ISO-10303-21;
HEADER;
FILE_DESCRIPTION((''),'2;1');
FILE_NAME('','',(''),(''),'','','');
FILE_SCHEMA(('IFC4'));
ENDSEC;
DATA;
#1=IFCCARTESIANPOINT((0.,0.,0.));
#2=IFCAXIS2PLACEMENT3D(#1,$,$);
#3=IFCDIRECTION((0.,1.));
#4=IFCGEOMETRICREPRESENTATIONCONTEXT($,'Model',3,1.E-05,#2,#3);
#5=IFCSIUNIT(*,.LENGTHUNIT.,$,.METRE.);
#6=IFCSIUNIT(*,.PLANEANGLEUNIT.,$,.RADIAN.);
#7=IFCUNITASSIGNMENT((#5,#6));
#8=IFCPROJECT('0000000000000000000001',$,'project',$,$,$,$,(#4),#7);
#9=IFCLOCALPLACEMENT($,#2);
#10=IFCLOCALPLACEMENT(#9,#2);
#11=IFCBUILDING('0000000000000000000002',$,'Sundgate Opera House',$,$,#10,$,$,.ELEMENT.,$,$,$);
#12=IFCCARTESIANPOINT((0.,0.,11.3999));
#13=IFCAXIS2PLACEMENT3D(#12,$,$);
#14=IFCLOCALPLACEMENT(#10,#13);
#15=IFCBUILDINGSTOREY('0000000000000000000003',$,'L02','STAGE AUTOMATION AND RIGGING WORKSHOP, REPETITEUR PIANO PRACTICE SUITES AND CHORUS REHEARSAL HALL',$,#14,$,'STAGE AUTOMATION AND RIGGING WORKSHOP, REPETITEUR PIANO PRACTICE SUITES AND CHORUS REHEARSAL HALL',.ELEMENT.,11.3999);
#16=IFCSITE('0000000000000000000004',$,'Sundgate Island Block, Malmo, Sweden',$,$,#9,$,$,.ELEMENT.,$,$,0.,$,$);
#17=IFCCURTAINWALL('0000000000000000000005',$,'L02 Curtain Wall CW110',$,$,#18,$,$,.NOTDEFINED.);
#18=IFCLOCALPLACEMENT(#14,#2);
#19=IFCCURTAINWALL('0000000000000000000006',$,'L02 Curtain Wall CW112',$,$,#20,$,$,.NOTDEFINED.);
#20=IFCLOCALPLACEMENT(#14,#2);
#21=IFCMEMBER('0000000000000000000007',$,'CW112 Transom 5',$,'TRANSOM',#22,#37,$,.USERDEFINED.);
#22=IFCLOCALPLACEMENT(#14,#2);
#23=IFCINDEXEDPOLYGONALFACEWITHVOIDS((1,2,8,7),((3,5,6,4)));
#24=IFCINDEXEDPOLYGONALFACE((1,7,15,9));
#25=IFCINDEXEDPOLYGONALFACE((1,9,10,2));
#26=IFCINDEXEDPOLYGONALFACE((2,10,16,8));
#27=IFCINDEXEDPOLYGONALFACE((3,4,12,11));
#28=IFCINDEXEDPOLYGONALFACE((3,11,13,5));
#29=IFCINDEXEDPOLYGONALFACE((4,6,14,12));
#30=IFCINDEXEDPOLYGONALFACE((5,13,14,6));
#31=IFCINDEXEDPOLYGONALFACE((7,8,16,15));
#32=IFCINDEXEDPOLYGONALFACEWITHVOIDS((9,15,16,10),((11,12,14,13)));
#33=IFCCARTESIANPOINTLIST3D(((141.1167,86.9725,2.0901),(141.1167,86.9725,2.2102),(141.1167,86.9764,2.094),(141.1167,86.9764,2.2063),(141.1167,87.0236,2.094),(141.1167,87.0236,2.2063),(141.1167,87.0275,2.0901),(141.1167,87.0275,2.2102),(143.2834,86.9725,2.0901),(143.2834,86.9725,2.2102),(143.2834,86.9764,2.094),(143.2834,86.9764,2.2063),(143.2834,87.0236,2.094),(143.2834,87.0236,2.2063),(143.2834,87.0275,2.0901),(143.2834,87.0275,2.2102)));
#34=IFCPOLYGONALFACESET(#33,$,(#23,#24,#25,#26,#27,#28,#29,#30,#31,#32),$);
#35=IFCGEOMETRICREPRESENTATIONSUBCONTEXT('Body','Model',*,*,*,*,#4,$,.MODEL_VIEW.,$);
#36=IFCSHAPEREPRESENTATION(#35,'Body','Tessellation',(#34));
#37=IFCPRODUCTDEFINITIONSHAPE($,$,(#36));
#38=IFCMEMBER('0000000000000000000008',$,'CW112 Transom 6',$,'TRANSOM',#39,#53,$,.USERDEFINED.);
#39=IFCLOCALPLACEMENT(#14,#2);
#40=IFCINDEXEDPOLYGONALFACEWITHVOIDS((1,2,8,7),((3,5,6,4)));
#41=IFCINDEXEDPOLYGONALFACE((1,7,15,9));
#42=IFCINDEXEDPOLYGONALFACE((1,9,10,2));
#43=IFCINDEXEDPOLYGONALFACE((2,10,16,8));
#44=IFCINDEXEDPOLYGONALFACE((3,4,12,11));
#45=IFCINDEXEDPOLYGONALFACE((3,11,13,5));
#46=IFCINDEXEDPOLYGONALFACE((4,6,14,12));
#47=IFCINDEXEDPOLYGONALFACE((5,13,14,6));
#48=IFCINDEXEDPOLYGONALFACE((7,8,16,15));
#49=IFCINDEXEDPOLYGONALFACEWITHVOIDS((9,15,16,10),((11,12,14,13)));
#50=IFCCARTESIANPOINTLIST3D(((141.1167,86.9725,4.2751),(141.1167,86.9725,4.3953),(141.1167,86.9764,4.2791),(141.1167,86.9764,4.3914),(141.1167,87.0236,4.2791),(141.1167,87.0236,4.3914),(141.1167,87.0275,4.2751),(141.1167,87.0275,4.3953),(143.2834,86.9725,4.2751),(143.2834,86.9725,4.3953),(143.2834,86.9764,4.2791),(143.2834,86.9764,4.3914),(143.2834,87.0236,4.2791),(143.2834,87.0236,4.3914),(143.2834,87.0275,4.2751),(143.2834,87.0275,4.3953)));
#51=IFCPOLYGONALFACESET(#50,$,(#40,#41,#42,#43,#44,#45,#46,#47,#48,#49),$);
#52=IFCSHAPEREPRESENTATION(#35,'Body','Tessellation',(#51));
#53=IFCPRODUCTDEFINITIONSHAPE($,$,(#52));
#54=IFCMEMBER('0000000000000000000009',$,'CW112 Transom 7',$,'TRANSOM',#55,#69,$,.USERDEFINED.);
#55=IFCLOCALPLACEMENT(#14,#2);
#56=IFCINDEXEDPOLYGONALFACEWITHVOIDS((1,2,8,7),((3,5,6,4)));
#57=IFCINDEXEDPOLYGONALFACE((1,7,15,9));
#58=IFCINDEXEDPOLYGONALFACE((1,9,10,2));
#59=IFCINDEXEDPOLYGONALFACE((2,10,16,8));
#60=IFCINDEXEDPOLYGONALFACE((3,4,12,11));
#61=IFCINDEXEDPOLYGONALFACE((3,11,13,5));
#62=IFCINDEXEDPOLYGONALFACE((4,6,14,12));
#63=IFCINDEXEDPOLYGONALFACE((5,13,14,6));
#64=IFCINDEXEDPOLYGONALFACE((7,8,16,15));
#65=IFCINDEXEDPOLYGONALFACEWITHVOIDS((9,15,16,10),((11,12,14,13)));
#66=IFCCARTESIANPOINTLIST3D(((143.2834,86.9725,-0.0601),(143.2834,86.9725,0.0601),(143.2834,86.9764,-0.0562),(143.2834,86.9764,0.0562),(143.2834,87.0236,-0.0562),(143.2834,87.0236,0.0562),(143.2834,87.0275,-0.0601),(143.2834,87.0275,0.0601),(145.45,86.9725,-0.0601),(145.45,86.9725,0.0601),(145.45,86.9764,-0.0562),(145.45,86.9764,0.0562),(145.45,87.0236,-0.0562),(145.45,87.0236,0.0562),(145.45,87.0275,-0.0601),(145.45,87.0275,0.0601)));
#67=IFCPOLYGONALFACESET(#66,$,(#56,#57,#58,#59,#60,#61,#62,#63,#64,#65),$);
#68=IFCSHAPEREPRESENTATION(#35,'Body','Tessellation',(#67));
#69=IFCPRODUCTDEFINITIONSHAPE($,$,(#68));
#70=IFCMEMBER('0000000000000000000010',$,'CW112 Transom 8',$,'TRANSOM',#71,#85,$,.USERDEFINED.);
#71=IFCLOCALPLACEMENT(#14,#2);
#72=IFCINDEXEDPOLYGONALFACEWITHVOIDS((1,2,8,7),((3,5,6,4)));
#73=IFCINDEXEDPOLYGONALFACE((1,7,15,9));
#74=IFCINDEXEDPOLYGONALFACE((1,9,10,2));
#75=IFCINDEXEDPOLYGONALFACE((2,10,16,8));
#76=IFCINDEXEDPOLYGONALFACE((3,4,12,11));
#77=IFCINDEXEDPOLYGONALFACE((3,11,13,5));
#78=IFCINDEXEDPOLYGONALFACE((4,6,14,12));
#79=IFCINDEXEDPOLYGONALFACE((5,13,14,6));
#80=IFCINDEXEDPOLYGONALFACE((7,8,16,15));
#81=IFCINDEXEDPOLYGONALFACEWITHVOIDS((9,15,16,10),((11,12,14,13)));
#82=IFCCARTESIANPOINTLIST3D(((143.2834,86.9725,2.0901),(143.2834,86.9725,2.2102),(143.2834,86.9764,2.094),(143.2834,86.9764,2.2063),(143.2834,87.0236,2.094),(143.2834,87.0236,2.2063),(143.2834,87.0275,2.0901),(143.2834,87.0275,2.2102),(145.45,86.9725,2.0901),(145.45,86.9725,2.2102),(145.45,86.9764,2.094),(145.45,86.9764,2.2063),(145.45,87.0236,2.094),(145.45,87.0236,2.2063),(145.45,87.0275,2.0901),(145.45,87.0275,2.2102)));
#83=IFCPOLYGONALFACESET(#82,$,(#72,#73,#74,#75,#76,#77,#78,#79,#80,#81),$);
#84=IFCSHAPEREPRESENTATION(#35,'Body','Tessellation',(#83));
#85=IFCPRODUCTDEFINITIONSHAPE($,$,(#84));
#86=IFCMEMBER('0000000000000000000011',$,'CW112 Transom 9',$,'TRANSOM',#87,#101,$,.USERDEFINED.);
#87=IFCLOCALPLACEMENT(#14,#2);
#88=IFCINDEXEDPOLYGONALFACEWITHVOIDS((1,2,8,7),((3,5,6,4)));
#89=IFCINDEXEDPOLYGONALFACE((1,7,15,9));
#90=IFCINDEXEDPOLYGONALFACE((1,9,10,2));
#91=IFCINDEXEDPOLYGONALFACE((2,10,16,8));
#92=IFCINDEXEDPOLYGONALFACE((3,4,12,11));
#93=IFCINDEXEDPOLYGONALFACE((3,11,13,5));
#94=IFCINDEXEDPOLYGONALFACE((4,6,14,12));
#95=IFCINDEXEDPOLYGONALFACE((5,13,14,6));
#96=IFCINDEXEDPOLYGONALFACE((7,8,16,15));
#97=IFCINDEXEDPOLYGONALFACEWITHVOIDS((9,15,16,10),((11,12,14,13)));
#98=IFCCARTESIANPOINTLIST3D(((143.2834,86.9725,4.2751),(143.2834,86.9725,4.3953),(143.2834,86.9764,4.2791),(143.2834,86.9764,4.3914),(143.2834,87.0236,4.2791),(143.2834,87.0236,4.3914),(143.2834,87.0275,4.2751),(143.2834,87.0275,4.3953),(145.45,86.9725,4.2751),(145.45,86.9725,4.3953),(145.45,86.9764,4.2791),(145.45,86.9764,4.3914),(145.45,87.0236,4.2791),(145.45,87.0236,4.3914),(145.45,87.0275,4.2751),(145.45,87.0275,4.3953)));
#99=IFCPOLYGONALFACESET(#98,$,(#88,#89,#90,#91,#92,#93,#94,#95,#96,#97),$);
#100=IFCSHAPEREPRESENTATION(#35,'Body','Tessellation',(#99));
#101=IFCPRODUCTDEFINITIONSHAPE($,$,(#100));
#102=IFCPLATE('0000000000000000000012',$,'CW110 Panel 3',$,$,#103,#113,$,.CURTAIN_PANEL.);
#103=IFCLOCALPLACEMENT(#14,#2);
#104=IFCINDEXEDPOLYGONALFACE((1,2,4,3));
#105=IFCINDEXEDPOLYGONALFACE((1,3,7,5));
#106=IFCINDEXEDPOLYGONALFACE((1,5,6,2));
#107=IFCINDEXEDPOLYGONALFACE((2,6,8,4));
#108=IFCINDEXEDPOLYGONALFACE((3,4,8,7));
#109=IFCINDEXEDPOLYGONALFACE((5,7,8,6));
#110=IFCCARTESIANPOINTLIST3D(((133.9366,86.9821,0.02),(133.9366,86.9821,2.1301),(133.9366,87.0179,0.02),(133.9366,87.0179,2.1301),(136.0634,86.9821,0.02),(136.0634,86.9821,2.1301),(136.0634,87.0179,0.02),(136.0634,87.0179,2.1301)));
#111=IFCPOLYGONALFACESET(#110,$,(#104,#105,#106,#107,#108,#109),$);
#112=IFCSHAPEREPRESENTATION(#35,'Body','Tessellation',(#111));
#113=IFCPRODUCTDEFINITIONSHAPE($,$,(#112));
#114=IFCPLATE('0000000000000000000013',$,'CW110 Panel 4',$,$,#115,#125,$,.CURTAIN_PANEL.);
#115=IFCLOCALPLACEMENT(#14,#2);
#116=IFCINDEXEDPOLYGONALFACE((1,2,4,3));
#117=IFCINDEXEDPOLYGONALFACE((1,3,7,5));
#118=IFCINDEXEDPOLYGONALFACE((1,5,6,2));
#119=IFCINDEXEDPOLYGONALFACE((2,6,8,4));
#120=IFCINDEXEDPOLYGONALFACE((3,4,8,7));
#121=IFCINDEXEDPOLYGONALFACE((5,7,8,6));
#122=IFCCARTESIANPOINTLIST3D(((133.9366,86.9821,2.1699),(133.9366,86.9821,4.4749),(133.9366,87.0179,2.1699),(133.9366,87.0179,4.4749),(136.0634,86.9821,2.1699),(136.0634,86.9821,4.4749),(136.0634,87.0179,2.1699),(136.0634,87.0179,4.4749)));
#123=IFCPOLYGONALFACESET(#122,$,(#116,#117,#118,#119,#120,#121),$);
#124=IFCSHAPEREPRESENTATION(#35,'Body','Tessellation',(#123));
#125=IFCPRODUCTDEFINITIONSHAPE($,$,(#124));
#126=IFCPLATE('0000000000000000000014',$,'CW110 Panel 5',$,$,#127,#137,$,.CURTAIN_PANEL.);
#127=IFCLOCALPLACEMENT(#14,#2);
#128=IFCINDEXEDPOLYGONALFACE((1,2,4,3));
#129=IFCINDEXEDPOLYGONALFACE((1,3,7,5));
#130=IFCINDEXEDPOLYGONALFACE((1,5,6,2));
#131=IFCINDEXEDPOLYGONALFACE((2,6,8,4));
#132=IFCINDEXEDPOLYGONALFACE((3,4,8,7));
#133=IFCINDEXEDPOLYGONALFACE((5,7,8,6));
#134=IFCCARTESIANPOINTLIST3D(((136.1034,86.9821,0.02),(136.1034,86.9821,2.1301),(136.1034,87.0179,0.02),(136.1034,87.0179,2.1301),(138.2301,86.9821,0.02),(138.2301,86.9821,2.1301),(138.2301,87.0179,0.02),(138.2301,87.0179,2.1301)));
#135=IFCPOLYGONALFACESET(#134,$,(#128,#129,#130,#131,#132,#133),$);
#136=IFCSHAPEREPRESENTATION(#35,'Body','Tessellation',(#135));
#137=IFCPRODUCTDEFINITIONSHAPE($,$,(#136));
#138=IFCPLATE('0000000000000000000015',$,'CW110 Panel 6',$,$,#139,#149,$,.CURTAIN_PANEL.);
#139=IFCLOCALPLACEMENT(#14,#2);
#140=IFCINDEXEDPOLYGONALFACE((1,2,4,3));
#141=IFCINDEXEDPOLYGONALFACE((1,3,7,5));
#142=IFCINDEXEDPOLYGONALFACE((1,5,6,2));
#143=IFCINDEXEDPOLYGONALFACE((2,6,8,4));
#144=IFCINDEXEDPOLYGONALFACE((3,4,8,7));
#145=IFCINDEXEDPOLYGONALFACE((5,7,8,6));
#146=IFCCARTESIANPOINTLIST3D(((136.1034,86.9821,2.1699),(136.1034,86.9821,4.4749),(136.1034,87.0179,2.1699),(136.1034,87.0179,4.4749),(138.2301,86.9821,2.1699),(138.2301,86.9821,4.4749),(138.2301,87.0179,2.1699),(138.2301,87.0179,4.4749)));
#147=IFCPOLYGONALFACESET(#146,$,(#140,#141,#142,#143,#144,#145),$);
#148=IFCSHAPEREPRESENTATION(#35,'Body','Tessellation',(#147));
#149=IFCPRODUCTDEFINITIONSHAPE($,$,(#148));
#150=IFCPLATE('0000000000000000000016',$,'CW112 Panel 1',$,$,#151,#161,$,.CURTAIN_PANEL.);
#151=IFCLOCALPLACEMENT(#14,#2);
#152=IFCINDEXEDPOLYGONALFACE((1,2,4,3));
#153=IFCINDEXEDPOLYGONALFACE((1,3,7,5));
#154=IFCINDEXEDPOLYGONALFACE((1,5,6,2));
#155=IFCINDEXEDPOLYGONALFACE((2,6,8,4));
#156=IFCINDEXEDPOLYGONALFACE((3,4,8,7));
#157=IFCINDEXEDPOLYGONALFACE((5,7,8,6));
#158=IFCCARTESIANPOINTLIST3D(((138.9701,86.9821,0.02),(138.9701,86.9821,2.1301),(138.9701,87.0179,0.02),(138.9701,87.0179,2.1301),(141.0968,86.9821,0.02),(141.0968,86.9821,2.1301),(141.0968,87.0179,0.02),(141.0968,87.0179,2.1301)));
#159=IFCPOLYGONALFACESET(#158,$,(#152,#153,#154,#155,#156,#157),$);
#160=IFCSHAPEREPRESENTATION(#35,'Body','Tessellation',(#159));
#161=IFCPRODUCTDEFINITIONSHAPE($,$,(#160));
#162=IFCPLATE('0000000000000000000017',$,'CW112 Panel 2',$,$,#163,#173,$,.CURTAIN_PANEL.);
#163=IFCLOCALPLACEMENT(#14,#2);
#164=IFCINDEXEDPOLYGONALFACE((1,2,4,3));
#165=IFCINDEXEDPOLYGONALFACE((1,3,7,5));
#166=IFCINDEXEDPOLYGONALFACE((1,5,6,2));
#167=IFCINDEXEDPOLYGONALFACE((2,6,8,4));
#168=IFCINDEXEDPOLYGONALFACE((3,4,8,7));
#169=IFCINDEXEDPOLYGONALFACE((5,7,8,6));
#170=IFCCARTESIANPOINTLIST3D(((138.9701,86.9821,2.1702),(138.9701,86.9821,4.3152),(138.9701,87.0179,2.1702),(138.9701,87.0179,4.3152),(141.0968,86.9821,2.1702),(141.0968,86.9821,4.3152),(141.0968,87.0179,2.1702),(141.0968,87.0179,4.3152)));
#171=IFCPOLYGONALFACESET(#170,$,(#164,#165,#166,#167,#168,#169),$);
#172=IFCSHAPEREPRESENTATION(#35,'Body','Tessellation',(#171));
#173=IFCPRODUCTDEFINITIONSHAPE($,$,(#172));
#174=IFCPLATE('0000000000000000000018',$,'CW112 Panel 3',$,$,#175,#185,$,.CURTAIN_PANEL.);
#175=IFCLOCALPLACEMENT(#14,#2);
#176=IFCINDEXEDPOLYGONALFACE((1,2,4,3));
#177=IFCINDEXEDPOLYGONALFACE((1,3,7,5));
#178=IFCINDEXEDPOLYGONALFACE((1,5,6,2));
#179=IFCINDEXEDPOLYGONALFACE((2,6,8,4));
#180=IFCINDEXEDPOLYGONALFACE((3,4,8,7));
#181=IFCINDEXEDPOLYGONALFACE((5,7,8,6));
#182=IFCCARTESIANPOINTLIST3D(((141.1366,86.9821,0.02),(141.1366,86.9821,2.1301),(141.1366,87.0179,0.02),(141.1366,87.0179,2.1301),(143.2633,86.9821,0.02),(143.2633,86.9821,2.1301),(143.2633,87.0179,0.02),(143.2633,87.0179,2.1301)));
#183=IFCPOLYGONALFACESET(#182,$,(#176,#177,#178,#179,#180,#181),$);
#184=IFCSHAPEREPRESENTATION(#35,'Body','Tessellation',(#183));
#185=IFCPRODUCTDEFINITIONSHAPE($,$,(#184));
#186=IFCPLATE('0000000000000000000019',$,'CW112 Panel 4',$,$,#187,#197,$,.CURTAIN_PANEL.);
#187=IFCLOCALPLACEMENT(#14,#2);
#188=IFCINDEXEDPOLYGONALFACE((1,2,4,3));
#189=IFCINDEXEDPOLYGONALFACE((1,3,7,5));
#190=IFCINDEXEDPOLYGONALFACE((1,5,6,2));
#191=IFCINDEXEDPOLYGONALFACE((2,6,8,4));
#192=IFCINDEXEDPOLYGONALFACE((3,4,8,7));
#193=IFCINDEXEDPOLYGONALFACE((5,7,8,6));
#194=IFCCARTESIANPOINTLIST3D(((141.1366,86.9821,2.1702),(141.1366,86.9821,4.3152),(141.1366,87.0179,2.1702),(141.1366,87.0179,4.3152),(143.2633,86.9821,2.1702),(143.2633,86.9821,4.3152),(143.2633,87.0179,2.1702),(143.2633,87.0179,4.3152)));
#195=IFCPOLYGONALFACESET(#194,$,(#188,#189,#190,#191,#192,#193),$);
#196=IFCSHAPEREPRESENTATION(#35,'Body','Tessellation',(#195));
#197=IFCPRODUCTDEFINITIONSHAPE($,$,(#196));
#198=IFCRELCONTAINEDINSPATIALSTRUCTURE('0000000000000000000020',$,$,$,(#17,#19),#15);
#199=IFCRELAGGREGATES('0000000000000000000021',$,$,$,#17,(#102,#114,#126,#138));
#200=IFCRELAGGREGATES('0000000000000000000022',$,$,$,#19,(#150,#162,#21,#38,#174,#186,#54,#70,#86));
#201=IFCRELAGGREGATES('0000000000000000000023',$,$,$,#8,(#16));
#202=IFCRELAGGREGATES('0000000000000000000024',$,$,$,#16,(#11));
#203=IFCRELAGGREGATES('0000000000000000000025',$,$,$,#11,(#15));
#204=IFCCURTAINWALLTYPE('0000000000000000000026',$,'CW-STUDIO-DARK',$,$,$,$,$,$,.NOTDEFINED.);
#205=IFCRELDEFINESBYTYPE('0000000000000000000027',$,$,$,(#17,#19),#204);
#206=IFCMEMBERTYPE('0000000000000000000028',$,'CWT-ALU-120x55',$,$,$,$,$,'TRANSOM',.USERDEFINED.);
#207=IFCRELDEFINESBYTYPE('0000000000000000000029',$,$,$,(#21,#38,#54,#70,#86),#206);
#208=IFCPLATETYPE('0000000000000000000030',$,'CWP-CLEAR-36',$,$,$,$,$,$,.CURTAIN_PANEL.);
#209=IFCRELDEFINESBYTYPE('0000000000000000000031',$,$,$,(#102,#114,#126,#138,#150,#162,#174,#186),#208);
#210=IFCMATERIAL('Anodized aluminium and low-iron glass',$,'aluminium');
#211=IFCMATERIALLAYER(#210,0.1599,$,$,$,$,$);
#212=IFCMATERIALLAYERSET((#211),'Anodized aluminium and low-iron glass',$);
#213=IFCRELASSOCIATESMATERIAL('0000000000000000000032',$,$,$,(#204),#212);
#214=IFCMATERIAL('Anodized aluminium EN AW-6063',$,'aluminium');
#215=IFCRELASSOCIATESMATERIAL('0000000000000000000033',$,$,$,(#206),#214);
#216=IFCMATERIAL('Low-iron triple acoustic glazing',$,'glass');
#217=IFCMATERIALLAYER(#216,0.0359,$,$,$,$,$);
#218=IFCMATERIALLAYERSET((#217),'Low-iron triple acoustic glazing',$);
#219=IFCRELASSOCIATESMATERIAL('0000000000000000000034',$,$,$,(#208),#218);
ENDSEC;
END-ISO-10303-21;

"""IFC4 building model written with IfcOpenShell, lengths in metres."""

from ifc_helpers import new_model, si_unit, direction, frame, origin, origin_2d, place, context, subcontext, project, spatial, rectangle, hollow_rectangle, extrude, material, layer, layer_set, material_profile, profile_set, type_object, element, aggregate, save


model = new_model("IFC4")

# Units and contexts
model_context = context("Model", 3, precision=1e-05, world=origin(), true_north=direction((0.0, 1.0)))
body_context = subcontext(model_context, "Body", "Model", "MODEL_VIEW")
ifc_project = project(units=[si_unit("LENGTHUNIT", "METRE"), si_unit("PLANEANGLEUNIT", "RADIAN")], contexts=[model_context])

# Site, building, storey
site_placement = place(None, origin())
site = spatial("IfcSite", under=ifc_project, at=site_placement, Name="Sundgate Island Block, Malmo, Sweden", CompositionType="ELEMENT", RefElevation=0.0)
building_placement = place(site_placement, origin())
building = spatial("IfcBuilding", under=site, at=building_placement, Name="Sundgate Opera House", CompositionType="ELEMENT")
storey_placement = place(building_placement, frame((0.0, 0.0, 11.3999)))
storey = spatial("IfcBuildingStorey", under=building, at=storey_placement, Name="L02", Description="STAGE AUTOMATION AND RIGGING WORKSHOP, REPETITEUR PIANO PRACTICE SUITES AND CHORUS REHEARSAL HALL", LongName="STAGE AUTOMATION AND RIGGING WORKSHOP, REPETITEUR PIANO PRACTICE SUITES AND CHORUS REHEARSAL HALL", CompositionType="ELEMENT", Elevation=11.3999)

# Curtain walls
ifc_material_1 = material(Name="Anodized aluminium and low-iron glass", Category="aluminium")
ifc_layer_1 = layer(ifc_material_1, 0.1599)
ifc_layer_set_1 = layer_set([ifc_layer_1], Name="Anodized aluminium and low-iron glass")
curtain_wall_type = type_object("IfcCurtainWallType", Name="CW-STUDIO-DARK", PredefinedType="NOTDEFINED", material=ifc_layer_set_1)
curtain_wall_1_placement = place(storey_placement, origin())
curtain_wall_1 = element("IfcCurtainWall", 1, at=curtain_wall_1_placement, inside=storey, type_object=curtain_wall_type, Name="L02 Curtain Wall CW110", PredefinedType="NOTDEFINED")
curtain_wall_2_placement = place(storey_placement, origin())
curtain_wall_2 = element("IfcCurtainWall", 2, at=curtain_wall_2_placement, inside=storey, type_object=curtain_wall_type, Name="L02 Curtain Wall CW112", PredefinedType="NOTDEFINED")

# Members
ifc_material_2 = material(Name="Anodized aluminium EN AW-6063", Category="aluminium")
ifc_material_profile_1 = material_profile(ifc_material_2, hollow_rectangle(XDim=0.0549, YDim=0.1201, WallThickness=0.0039, at=origin_2d()), Name="CWT 120x55x4")
ifc_profile_set_1 = profile_set([ifc_material_profile_1], Name="Anodized aluminium EN AW-6063")
member_type_1 = type_object("IfcMemberType", Name="CWT-ALU-120x55", ElementType="TRANSOM", PredefinedType="USERDEFINED", material=ifc_profile_set_1)
member_1_placement = place(storey_placement, frame((141.1167, 87.0, 2.1501), z_axis=(1.0, 0.0, 0.0), x_axis=(0.0, 1.0, 0.0)))
member_1 = element("IfcMember", 3, at=member_1_placement, type_object=member_type_1, Name="CW112 Transom 5", ObjectType="TRANSOM", PredefinedType="USERDEFINED", context=body_context, shape_type="SweptSolid", body=[
    extrude(hollow_rectangle(XDim=0.0549, YDim=0.1201, WallThickness=0.0039, at=origin_2d()), origin(), (0.0, 0.0, 1.0), 2.1667),
])
member_2_placement = place(storey_placement, frame((141.1167, 87.0, 4.3352), z_axis=(1.0, 0.0, 0.0), x_axis=(0.0, 1.0, 0.0)))
member_2 = element("IfcMember", 4, at=member_2_placement, type_object=member_type_1, Name="CW112 Transom 6", ObjectType="TRANSOM", PredefinedType="USERDEFINED", context=body_context, shape_type="SweptSolid", body=[
    extrude(hollow_rectangle(XDim=0.0549, YDim=0.1201, WallThickness=0.0039, at=origin_2d()), origin(), (0.0, 0.0, 1.0), 2.1667),
])
member_3_placement = place(storey_placement, frame((143.2834, 87.0, 0.0), z_axis=(1.0, 0.0, 0.0), x_axis=(0.0, 1.0, 0.0)))
member_3 = element("IfcMember", 5, at=member_3_placement, type_object=member_type_1, Name="CW112 Transom 7", ObjectType="TRANSOM", PredefinedType="USERDEFINED", context=body_context, shape_type="SweptSolid", body=[
    extrude(hollow_rectangle(XDim=0.0549, YDim=0.1201, WallThickness=0.0039, at=origin_2d()), origin(), (0.0, 0.0, 1.0), 2.1665),
])
member_4_placement = place(storey_placement, frame((143.2834, 87.0, 2.1501), z_axis=(1.0, 0.0, 0.0), x_axis=(0.0, 1.0, 0.0)))
member_4 = element("IfcMember", 6, at=member_4_placement, type_object=member_type_1, Name="CW112 Transom 8", ObjectType="TRANSOM", PredefinedType="USERDEFINED", context=body_context, shape_type="SweptSolid", body=[
    extrude(hollow_rectangle(XDim=0.0549, YDim=0.1201, WallThickness=0.0039, at=origin_2d()), origin(), (0.0, 0.0, 1.0), 2.1665),
])
member_5_placement = place(storey_placement, frame((143.2834, 87.0, 4.3352), z_axis=(1.0, 0.0, 0.0), x_axis=(0.0, 1.0, 0.0)))
member_5 = element("IfcMember", 7, at=member_5_placement, type_object=member_type_1, Name="CW112 Transom 9", ObjectType="TRANSOM", PredefinedType="USERDEFINED", context=body_context, shape_type="SweptSolid", body=[
    extrude(hollow_rectangle(XDim=0.0549, YDim=0.1201, WallThickness=0.0039, at=origin_2d()), origin(), (0.0, 0.0, 1.0), 2.1665),
])

# Plates
ifc_material_3 = material(Name="Low-iron triple acoustic glazing", Category="glass")
ifc_layer_2 = layer(ifc_material_3, 0.0359)
ifc_layer_set_2 = layer_set([ifc_layer_2], Name="Low-iron triple acoustic glazing")
plate_type = type_object("IfcPlateType", Name="CWP-CLEAR-36", PredefinedType="CURTAIN_PANEL", material=ifc_layer_set_2)
plate_1_placement = place(storey_placement, frame((135.0, 87.0, 0.02), z_axis=(0.0, 0.0, 1.0), x_axis=(1.0, 0.0, 0.0)))
plate_1 = element("IfcPlate", 8, at=plate_1_placement, type_object=plate_type, Name="CW110 Panel 3", PredefinedType="CURTAIN_PANEL", context=body_context, shape_type="SweptSolid", body=[
    extrude(rectangle(XDim=2.1267, YDim=0.0359, at=origin_2d()), origin(), (0.0, 0.0, 1.0), 2.1101),
])
plate_2_placement = place(storey_placement, frame((135.0, 87.0, 2.1699), z_axis=(0.0, 0.0, 1.0), x_axis=(1.0, 0.0, 0.0)))
plate_2 = element("IfcPlate", 9, at=plate_2_placement, type_object=plate_type, Name="CW110 Panel 4", PredefinedType="CURTAIN_PANEL", context=body_context, shape_type="SweptSolid", body=[
    extrude(rectangle(XDim=2.1267, YDim=0.0359, at=origin_2d()), origin(), (0.0, 0.0, 1.0), 2.3049),
])
plate_3_placement = place(storey_placement, frame((137.1667, 87.0, 0.02), z_axis=(0.0, 0.0, 1.0), x_axis=(1.0, 0.0, 0.0)))
plate_3 = element("IfcPlate", 10, at=plate_3_placement, type_object=plate_type, Name="CW110 Panel 5", PredefinedType="CURTAIN_PANEL", context=body_context, shape_type="SweptSolid", body=[
    extrude(rectangle(XDim=2.1267, YDim=0.0359, at=origin_2d()), origin(), (0.0, 0.0, 1.0), 2.1101),
])
plate_4_placement = place(storey_placement, frame((137.1667, 87.0, 2.1699), z_axis=(0.0, 0.0, 1.0), x_axis=(1.0, 0.0, 0.0)))
plate_4 = element("IfcPlate", 11, at=plate_4_placement, type_object=plate_type, Name="CW110 Panel 6", PredefinedType="CURTAIN_PANEL", context=body_context, shape_type="SweptSolid", body=[
    extrude(rectangle(XDim=2.1267, YDim=0.0359, at=origin_2d()), origin(), (0.0, 0.0, 1.0), 2.3049),
])
aggregate(curtain_wall_1, [plate_1, plate_2, plate_3, plate_4])
plate_5_placement = place(storey_placement, frame((140.0334, 87.0, 0.02), z_axis=(0.0, 0.0, 1.0), x_axis=(1.0, 0.0, 0.0)))
plate_5 = element("IfcPlate", 12, at=plate_5_placement, type_object=plate_type, Name="CW112 Panel 1", PredefinedType="CURTAIN_PANEL", context=body_context, shape_type="SweptSolid", body=[
    extrude(rectangle(XDim=2.1267, YDim=0.0359, at=origin_2d()), origin(), (0.0, 0.0, 1.0), 2.1101),
])
plate_6_placement = place(storey_placement, frame((140.0334, 87.0, 2.1702), z_axis=(0.0, 0.0, 1.0), x_axis=(1.0, 0.0, 0.0)))
plate_6 = element("IfcPlate", 13, at=plate_6_placement, type_object=plate_type, Name="CW112 Panel 2", PredefinedType="CURTAIN_PANEL", context=body_context, shape_type="SweptSolid", body=[
    extrude(rectangle(XDim=2.1267, YDim=0.0359, at=origin_2d()), origin(), (0.0, 0.0, 1.0), 2.145),
])
plate_7_placement = place(storey_placement, frame((142.2, 87.0, 0.02), z_axis=(0.0, 0.0, 1.0), x_axis=(1.0, 0.0, 0.0)))
plate_7 = element("IfcPlate", 14, at=plate_7_placement, type_object=plate_type, Name="CW112 Panel 3", PredefinedType="CURTAIN_PANEL", context=body_context, shape_type="SweptSolid", body=[
    extrude(rectangle(XDim=2.1267, YDim=0.0359, at=origin_2d()), origin(), (0.0, 0.0, 1.0), 2.1101),
])
plate_8_placement = place(storey_placement, frame((142.2, 87.0, 2.1702), z_axis=(0.0, 0.0, 1.0), x_axis=(1.0, 0.0, 0.0)))
plate_8 = element("IfcPlate", 15, at=plate_8_placement, type_object=plate_type, Name="CW112 Panel 4", PredefinedType="CURTAIN_PANEL", context=body_context, shape_type="SweptSolid", body=[
    extrude(rectangle(XDim=2.1267, YDim=0.0359, at=origin_2d()), origin(), (0.0, 0.0, 1.0), 2.145),
])
aggregate(curtain_wall_2, [plate_5, plate_6, member_1, member_2, plate_7, plate_8, member_3, member_4, member_5])

save(model, "model.ifc")
